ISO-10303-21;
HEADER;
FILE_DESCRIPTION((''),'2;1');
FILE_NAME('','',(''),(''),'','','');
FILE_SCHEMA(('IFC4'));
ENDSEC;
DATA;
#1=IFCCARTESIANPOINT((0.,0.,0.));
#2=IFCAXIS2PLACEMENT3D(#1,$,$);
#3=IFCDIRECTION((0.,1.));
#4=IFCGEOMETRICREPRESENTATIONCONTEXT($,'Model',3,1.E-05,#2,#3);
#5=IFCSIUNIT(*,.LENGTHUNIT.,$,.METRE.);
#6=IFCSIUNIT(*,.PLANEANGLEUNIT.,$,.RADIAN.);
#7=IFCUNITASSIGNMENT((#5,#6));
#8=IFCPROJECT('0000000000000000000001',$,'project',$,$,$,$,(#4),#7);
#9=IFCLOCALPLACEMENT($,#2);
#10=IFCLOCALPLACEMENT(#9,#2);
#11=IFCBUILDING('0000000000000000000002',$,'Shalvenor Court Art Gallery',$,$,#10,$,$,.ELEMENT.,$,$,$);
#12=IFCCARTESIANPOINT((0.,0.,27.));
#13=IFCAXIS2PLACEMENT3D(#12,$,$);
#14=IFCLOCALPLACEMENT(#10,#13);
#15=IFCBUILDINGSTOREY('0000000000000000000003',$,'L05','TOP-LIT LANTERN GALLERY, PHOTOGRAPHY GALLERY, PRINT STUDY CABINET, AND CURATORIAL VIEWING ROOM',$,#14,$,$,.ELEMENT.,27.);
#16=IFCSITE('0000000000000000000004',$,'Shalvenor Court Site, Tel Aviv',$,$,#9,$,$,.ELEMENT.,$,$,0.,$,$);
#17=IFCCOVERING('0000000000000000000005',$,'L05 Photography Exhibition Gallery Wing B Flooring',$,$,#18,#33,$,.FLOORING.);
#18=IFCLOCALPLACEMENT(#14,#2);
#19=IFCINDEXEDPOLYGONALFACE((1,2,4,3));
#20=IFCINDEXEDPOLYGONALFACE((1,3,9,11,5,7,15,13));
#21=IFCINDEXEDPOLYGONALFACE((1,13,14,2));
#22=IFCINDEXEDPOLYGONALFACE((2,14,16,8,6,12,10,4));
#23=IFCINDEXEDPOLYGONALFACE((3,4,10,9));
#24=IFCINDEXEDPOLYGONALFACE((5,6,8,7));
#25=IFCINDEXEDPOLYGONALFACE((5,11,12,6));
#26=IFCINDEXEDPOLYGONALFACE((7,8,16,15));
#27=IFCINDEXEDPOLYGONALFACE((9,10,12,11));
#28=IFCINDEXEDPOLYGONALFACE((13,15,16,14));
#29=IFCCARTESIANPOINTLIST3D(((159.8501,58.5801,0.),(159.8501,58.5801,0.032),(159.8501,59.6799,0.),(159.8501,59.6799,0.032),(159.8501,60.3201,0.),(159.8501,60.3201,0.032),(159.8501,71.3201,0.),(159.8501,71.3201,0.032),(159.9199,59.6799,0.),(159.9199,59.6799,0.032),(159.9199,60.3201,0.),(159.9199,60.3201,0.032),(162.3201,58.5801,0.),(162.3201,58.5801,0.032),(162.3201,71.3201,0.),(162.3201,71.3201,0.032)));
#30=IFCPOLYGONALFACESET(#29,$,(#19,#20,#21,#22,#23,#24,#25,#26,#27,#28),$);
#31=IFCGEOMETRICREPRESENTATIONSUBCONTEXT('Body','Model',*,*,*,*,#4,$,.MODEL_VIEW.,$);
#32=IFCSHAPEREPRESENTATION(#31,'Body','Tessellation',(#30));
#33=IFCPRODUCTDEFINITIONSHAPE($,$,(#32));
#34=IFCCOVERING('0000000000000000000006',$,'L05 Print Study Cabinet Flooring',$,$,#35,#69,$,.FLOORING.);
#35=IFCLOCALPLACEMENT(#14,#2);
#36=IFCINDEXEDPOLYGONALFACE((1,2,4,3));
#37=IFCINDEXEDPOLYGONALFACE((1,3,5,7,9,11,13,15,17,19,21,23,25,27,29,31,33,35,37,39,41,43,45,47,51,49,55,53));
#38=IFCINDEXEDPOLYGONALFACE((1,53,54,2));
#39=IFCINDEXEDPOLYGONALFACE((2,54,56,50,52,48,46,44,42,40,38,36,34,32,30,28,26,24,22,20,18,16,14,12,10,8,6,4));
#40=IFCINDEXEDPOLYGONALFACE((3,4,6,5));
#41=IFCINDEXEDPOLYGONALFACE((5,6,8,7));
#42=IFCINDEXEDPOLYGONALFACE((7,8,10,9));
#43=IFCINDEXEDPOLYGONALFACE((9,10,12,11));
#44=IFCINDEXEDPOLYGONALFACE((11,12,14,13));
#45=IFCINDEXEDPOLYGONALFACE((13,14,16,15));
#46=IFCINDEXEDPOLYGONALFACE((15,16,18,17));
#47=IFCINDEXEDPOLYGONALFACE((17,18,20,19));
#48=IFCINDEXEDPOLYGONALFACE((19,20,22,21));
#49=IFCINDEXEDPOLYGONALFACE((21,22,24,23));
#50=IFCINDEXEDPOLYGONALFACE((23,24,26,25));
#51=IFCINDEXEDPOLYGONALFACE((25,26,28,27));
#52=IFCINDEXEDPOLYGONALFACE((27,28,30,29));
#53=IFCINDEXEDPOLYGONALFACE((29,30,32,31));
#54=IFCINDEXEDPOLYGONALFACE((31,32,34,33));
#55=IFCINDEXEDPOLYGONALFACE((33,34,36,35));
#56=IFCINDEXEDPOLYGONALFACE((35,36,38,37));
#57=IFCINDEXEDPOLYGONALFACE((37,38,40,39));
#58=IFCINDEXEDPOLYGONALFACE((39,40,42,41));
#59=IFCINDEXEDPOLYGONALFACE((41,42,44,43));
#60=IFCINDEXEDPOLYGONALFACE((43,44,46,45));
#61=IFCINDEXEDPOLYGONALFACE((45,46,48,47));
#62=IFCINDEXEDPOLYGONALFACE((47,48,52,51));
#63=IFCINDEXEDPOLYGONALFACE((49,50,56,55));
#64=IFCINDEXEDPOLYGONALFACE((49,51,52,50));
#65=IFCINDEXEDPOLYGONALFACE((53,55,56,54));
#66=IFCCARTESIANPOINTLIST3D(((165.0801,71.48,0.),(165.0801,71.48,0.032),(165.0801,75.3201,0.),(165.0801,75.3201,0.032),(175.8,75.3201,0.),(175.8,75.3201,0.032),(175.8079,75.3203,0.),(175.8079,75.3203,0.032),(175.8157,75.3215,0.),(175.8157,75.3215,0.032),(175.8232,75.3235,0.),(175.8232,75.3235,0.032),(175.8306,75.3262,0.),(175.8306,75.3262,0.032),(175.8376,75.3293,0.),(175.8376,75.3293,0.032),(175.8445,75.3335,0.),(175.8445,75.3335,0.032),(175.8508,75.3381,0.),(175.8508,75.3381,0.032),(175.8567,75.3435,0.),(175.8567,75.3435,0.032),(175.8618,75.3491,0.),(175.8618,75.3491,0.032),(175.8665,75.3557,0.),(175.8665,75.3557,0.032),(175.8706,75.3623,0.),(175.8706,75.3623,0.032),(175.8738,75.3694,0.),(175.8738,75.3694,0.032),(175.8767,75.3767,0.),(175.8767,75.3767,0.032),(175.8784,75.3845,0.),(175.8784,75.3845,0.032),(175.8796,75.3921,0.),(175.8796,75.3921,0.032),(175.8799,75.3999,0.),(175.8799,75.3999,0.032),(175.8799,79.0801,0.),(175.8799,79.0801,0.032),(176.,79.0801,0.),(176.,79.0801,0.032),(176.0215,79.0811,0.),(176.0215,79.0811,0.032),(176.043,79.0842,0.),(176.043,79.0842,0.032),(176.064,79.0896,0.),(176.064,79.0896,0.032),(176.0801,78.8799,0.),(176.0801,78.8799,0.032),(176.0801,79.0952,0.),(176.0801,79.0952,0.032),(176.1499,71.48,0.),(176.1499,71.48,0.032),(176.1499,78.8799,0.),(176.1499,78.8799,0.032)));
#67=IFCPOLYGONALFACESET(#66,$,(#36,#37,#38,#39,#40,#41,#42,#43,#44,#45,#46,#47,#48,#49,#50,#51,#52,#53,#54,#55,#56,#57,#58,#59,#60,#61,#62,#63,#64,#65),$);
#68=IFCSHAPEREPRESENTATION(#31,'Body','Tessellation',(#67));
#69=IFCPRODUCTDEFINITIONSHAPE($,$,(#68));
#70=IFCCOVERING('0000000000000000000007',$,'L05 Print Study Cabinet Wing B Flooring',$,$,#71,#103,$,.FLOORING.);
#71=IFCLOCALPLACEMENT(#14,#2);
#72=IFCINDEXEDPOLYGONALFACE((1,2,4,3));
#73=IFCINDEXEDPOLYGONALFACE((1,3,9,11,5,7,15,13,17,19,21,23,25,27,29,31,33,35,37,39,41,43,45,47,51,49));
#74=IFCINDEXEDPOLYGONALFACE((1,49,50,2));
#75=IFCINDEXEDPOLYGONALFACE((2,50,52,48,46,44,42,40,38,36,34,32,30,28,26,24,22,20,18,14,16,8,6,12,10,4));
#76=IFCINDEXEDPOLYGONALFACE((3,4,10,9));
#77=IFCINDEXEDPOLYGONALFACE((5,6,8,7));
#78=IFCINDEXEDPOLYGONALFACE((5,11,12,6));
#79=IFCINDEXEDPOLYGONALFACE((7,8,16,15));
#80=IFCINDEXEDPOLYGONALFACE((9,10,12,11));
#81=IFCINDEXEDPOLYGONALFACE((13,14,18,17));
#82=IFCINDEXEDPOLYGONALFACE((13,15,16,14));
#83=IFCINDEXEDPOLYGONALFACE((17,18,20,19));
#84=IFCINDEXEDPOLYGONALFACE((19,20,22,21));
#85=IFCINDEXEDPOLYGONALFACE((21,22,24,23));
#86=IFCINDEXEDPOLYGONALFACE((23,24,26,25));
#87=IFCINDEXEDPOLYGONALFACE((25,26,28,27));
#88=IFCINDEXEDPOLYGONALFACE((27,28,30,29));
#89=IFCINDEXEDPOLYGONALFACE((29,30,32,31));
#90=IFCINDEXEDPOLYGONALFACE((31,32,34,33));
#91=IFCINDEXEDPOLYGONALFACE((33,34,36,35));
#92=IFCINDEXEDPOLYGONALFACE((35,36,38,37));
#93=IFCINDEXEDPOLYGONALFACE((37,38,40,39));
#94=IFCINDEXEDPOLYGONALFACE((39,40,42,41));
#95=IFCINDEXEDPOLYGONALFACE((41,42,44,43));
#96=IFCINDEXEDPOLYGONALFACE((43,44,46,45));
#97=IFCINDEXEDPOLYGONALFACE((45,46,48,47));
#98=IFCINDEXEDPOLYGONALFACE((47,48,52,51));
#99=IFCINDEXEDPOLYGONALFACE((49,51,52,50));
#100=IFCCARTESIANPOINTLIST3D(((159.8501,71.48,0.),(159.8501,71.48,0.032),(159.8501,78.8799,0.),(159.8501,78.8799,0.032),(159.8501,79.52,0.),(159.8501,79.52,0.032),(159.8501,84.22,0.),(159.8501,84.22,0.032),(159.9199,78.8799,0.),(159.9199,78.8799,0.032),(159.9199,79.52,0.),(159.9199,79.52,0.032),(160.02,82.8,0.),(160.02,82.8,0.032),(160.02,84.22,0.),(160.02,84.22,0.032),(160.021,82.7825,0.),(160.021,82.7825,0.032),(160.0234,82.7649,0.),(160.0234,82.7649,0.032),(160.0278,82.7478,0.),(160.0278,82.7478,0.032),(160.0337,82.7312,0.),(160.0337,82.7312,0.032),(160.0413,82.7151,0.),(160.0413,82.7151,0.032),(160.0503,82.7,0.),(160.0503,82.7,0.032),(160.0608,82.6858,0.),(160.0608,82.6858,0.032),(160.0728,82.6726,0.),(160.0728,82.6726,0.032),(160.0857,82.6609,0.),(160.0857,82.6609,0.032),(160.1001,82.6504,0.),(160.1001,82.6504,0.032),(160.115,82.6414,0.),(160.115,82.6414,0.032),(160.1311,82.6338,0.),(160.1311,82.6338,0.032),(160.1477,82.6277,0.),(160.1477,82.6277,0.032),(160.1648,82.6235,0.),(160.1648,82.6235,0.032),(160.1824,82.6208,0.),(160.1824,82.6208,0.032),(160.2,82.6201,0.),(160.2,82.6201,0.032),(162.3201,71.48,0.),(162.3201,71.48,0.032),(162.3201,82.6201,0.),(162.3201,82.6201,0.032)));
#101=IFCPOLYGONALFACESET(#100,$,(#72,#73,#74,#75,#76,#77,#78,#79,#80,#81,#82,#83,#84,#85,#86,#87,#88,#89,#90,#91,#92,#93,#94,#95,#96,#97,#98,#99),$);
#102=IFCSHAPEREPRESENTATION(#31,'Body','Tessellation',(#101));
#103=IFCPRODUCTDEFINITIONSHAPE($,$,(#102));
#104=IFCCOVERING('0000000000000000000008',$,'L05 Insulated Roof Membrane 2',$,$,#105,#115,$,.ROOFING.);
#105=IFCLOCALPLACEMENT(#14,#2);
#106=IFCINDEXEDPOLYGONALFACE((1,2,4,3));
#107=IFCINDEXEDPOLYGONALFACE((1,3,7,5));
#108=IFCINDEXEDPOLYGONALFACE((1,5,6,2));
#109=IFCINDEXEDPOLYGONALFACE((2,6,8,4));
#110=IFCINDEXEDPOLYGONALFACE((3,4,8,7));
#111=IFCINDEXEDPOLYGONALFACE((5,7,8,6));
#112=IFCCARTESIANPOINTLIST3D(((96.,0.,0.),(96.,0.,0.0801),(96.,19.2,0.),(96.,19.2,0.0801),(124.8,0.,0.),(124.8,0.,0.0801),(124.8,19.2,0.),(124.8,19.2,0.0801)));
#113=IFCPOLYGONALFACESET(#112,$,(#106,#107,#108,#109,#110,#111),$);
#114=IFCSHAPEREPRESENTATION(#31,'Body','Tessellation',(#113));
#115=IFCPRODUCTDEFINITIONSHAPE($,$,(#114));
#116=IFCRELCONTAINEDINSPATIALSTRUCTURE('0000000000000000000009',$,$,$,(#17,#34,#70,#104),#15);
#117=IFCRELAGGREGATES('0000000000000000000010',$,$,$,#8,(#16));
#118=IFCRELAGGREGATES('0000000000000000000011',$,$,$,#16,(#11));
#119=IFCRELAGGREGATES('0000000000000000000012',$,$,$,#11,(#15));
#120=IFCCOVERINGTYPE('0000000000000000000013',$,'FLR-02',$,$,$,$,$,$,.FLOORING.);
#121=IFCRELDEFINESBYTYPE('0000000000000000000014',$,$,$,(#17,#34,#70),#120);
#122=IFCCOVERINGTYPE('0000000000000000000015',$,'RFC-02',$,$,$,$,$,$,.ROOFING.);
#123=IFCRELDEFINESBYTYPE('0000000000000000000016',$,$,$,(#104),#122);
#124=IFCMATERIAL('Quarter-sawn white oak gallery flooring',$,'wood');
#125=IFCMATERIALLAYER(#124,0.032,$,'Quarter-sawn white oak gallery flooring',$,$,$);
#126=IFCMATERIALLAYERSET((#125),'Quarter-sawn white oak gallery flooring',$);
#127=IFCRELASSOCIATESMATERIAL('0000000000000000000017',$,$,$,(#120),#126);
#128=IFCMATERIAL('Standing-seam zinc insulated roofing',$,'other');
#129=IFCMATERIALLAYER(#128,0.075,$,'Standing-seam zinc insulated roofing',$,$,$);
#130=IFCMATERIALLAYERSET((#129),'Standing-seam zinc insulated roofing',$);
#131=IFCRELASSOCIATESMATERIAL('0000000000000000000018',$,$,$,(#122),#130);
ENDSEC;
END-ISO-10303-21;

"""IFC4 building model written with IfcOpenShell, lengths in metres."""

from ifc_helpers import new_model, si_unit, direction, frame, origin, place, context, subcontext, project, spatial, polyline, outline, extrude, material, layer, layer_set, type_object, element, save


model = new_model("IFC4")

# Units and contexts
model_context = context("Model", 3, precision=1e-05, world=origin(), true_north=direction((0.0, 1.0)))
body_context = subcontext(model_context, "Body", "Model", "MODEL_VIEW")
ifc_project = project(units=[si_unit("LENGTHUNIT", "METRE"), si_unit("PLANEANGLEUNIT", "RADIAN")], contexts=[model_context])

# Site, building, storey
site_placement = place(None, origin())
site = spatial("IfcSite", under=ifc_project, at=site_placement, Name="Shalvenor Court Site, Tel Aviv", CompositionType="ELEMENT", RefElevation=0.0)
building_placement = place(site_placement, origin())
building = spatial("IfcBuilding", under=site, at=building_placement, Name="Shalvenor Court Art Gallery", CompositionType="ELEMENT")
storey_placement = place(building_placement, frame((0.0, 0.0, 27.0)))
storey = spatial("IfcBuildingStorey", under=building, at=storey_placement, Name="L05", Description="TOP-LIT LANTERN GALLERY, PHOTOGRAPHY GALLERY, PRINT STUDY CABINET, AND CURATORIAL VIEWING ROOM", CompositionType="ELEMENT", Elevation=27.0)

# Coverings
ifc_material_1 = material(Name="Quarter-sawn white oak gallery flooring", Category="wood")
ifc_layer_1 = layer(ifc_material_1, 0.032, Name="Quarter-sawn white oak gallery flooring")
ifc_layer_set_1 = layer_set([ifc_layer_1], Name="Quarter-sawn white oak gallery flooring")
covering_type_1 = type_object("IfcCoveringType", Name="FLR-02", PredefinedType="FLOORING", material=ifc_layer_set_1)
covering_1_placement = place(storey_placement, origin())
element("IfcCovering", 1, at=covering_1_placement, inside=storey, type_object=covering_type_1, Name="L05 Photography Exhibition Gallery Wing B Flooring", PredefinedType="FLOORING", context=body_context, shape_type="SweptSolid", body=[
    extrude(outline(polyline([(162.3201, 71.3201), (162.3201, 58.5801), (159.8501, 58.5801), (159.8501, 59.6799), (159.9199, 59.6799), (159.9199, 60.3201), (159.8501, 60.3201), (159.8501, 71.3201), (162.3201, 71.3201)])), origin(), (0.0, 0.0, 1.0), 0.032),
])
covering_2_placement = place(storey_placement, origin())
element("IfcCovering", 2, at=covering_2_placement, inside=storey, type_object=covering_type_1, Name="L05 Print Study Cabinet Flooring", PredefinedType="FLOORING", context=body_context, shape_type="SweptSolid", body=[
    extrude(outline(polyline([(176.043, 79.0842), (176.064, 79.0896), (176.0801, 79.0952), (176.0801, 78.8799), (176.1499, 78.8799), (176.1499, 71.48), (165.0801, 71.48), (165.0801, 75.3201), (175.8, 75.3201), (175.8079, 75.3203), (175.8157, 75.3215), (175.8232, 75.3235), (175.8306, 75.3262), (175.8376, 75.3293), (175.8445, 75.3335), (175.8508, 75.3381), (175.8567, 75.3435), (175.8618, 75.3491), (175.8665, 75.3557), (175.8706, 75.3623), (175.8738, 75.3694), (175.8767, 75.3767), (175.8784, 75.3845), (175.8796, 75.3921), (175.8799, 75.3999), (175.8799, 79.0801), (176.0, 79.0801), (176.0215, 79.0811), (176.043, 79.0842)])), origin(), (0.0, 0.0, 1.0), 0.032),
])
covering_3_placement = place(storey_placement, origin())
element("IfcCovering", 3, at=covering_3_placement, inside=storey, type_object=covering_type_1, Name="L05 Print Study Cabinet Wing B Flooring", PredefinedType="FLOORING", context=body_context, shape_type="SweptSolid", body=[
    extrude(outline(polyline([(160.02, 84.22), (160.02, 82.8), (160.021, 82.7825), (160.0234, 82.7649), (160.0278, 82.7478), (160.0337, 82.7312), (160.0413, 82.7151), (160.0503, 82.7), (160.0608, 82.6858), (160.0728, 82.6726), (160.0857, 82.6609), (160.1001, 82.6504), (160.115, 82.6414), (160.1311, 82.6338), (160.1477, 82.6277), (160.1648, 82.6235), (160.1824, 82.6208), (160.2, 82.6201), (162.3201, 82.6201), (162.3201, 71.48), (159.8501, 71.48), (159.8501, 78.8799), (159.9199, 78.8799), (159.9199, 79.52), (159.8501, 79.52), (159.8501, 84.22), (160.02, 84.22)])), origin(), (0.0, 0.0, 1.0), 0.032),
])
ifc_material_2 = material(Name="Standing-seam zinc insulated roofing", Category="other")
ifc_layer_2 = layer(ifc_material_2, 0.075, Name="Standing-seam zinc insulated roofing")
ifc_layer_set_2 = layer_set([ifc_layer_2], Name="Standing-seam zinc insulated roofing")
covering_type_2 = type_object("IfcCoveringType", Name="RFC-02", PredefinedType="ROOFING", material=ifc_layer_set_2)
covering_4_placement = place(storey_placement, origin())
element("IfcCovering", 4, at=covering_4_placement, inside=storey, type_object=covering_type_2, Name="L05 Insulated Roof Membrane 2", PredefinedType="ROOFING", context=body_context, shape_type="SweptSolid", body=[
    extrude(outline(polyline([(124.8, 0.0), (124.8, 19.2), (96.0, 19.2), (96.0, 0.0), (124.8, 0.0)])), origin(), (0.0, 0.0, 1.0), 0.0801),
])

save(model, "model.ifc")
